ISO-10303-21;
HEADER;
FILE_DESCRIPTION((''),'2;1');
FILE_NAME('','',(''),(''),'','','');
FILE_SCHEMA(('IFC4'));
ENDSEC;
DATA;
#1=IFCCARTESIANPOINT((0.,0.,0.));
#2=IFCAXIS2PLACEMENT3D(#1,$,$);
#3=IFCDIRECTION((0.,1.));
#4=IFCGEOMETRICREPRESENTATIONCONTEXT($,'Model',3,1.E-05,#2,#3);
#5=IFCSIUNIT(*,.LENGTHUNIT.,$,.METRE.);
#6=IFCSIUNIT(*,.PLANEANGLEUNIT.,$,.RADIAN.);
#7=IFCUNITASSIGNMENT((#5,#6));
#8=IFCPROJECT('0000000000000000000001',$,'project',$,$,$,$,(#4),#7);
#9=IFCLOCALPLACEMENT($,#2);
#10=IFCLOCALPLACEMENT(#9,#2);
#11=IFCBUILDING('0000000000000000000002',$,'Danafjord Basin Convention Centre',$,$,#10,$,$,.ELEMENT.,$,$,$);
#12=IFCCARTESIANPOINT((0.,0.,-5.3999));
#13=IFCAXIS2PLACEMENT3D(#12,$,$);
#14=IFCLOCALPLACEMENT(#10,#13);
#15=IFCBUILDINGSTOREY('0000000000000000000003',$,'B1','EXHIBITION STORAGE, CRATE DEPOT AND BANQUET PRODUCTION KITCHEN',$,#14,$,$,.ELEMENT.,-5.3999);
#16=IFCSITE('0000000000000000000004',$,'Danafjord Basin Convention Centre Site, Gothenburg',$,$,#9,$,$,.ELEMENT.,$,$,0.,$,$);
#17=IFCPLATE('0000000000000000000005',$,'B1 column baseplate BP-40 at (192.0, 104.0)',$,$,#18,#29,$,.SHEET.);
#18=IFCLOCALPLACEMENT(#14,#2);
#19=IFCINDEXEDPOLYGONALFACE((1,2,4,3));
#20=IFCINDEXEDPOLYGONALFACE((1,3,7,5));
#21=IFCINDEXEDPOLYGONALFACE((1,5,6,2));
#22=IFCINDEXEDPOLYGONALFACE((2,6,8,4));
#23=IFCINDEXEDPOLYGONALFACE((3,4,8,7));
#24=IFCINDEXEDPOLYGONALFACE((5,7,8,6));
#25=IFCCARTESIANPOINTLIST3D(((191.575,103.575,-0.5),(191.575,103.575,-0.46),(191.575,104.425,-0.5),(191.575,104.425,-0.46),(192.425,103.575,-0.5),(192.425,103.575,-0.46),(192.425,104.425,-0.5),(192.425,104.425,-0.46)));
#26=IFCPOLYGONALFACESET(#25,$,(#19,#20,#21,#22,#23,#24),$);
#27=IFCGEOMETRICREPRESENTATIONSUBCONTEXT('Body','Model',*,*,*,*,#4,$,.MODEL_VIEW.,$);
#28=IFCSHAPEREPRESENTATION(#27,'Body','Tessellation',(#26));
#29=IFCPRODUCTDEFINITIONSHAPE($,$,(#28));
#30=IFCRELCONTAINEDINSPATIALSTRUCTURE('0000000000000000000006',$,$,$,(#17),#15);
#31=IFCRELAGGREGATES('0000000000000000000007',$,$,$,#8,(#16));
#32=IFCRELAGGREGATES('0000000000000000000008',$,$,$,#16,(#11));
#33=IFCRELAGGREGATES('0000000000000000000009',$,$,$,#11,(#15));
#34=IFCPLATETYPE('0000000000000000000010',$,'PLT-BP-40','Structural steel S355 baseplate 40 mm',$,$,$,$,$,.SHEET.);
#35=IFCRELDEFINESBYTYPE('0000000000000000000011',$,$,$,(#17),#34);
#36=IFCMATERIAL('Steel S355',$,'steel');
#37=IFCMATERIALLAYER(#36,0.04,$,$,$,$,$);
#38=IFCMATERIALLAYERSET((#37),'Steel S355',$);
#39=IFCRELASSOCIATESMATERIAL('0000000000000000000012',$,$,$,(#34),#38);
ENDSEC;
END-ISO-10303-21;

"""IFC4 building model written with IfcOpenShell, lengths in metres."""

from ifc_helpers import new_model, si_unit, direction, frame, origin, origin_2d, place, context, subcontext, project, spatial, rectangle, extrude, material, layer, layer_set, type_object, element, save


model = new_model("IFC4")

# Units and contexts
model_context = context("Model", 3, precision=1e-05, world=origin(), true_north=direction((0.0, 1.0)))
body_context = subcontext(model_context, "Body", "Model", "MODEL_VIEW")
ifc_project = project(units=[si_unit("LENGTHUNIT", "METRE"), si_unit("PLANEANGLEUNIT", "RADIAN")], contexts=[model_context])

# Site, building, storey
site_placement = place(None, origin())
site = spatial("IfcSite", under=ifc_project, at=site_placement, Name="Danafjord Basin Convention Centre Site, Gothenburg", CompositionType="ELEMENT", RefElevation=0.0)
building_placement = place(site_placement, origin())
building = spatial("IfcBuilding", under=site, at=building_placement, Name="Danafjord Basin Convention Centre", CompositionType="ELEMENT")
storey_placement = place(building_placement, frame((0.0, 0.0, -5.3999)))
storey = spatial("IfcBuildingStorey", under=building, at=storey_placement, Name="B1", Description="EXHIBITION STORAGE, CRATE DEPOT AND BANQUET PRODUCTION KITCHEN", CompositionType="ELEMENT", Elevation=-5.3999)

# Plate
ifc_material_1 = material(Name="Steel S355", Category="steel")
ifc_layer = layer(ifc_material_1, 0.04)
ifc_layer_set = layer_set([ifc_layer], Name="Steel S355")
plate_type = type_object("IfcPlateType", Name="PLT-BP-40", Description="Structural steel S355 baseplate 40 mm", PredefinedType="SHEET", material=ifc_layer_set)
plate_placement = place(storey_placement, frame((192.0, 104.0, -0.5), z_axis=(0.0, 0.0, 1.0), x_axis=(1.0, 0.0, 0.0)))
element("IfcPlate", 1, at=plate_placement, inside=storey, type_object=plate_type, Name="B1 column baseplate BP-40 at (192.0, 104.0)", PredefinedType="SHEET", context=body_context, shape_type="SweptSolid", body=[
    extrude(rectangle(XDim=0.8501, YDim=0.8501, at=origin_2d()), origin(), (0.0, 0.0, 1.0), 0.04),
])

save(model, "model.ifc")
